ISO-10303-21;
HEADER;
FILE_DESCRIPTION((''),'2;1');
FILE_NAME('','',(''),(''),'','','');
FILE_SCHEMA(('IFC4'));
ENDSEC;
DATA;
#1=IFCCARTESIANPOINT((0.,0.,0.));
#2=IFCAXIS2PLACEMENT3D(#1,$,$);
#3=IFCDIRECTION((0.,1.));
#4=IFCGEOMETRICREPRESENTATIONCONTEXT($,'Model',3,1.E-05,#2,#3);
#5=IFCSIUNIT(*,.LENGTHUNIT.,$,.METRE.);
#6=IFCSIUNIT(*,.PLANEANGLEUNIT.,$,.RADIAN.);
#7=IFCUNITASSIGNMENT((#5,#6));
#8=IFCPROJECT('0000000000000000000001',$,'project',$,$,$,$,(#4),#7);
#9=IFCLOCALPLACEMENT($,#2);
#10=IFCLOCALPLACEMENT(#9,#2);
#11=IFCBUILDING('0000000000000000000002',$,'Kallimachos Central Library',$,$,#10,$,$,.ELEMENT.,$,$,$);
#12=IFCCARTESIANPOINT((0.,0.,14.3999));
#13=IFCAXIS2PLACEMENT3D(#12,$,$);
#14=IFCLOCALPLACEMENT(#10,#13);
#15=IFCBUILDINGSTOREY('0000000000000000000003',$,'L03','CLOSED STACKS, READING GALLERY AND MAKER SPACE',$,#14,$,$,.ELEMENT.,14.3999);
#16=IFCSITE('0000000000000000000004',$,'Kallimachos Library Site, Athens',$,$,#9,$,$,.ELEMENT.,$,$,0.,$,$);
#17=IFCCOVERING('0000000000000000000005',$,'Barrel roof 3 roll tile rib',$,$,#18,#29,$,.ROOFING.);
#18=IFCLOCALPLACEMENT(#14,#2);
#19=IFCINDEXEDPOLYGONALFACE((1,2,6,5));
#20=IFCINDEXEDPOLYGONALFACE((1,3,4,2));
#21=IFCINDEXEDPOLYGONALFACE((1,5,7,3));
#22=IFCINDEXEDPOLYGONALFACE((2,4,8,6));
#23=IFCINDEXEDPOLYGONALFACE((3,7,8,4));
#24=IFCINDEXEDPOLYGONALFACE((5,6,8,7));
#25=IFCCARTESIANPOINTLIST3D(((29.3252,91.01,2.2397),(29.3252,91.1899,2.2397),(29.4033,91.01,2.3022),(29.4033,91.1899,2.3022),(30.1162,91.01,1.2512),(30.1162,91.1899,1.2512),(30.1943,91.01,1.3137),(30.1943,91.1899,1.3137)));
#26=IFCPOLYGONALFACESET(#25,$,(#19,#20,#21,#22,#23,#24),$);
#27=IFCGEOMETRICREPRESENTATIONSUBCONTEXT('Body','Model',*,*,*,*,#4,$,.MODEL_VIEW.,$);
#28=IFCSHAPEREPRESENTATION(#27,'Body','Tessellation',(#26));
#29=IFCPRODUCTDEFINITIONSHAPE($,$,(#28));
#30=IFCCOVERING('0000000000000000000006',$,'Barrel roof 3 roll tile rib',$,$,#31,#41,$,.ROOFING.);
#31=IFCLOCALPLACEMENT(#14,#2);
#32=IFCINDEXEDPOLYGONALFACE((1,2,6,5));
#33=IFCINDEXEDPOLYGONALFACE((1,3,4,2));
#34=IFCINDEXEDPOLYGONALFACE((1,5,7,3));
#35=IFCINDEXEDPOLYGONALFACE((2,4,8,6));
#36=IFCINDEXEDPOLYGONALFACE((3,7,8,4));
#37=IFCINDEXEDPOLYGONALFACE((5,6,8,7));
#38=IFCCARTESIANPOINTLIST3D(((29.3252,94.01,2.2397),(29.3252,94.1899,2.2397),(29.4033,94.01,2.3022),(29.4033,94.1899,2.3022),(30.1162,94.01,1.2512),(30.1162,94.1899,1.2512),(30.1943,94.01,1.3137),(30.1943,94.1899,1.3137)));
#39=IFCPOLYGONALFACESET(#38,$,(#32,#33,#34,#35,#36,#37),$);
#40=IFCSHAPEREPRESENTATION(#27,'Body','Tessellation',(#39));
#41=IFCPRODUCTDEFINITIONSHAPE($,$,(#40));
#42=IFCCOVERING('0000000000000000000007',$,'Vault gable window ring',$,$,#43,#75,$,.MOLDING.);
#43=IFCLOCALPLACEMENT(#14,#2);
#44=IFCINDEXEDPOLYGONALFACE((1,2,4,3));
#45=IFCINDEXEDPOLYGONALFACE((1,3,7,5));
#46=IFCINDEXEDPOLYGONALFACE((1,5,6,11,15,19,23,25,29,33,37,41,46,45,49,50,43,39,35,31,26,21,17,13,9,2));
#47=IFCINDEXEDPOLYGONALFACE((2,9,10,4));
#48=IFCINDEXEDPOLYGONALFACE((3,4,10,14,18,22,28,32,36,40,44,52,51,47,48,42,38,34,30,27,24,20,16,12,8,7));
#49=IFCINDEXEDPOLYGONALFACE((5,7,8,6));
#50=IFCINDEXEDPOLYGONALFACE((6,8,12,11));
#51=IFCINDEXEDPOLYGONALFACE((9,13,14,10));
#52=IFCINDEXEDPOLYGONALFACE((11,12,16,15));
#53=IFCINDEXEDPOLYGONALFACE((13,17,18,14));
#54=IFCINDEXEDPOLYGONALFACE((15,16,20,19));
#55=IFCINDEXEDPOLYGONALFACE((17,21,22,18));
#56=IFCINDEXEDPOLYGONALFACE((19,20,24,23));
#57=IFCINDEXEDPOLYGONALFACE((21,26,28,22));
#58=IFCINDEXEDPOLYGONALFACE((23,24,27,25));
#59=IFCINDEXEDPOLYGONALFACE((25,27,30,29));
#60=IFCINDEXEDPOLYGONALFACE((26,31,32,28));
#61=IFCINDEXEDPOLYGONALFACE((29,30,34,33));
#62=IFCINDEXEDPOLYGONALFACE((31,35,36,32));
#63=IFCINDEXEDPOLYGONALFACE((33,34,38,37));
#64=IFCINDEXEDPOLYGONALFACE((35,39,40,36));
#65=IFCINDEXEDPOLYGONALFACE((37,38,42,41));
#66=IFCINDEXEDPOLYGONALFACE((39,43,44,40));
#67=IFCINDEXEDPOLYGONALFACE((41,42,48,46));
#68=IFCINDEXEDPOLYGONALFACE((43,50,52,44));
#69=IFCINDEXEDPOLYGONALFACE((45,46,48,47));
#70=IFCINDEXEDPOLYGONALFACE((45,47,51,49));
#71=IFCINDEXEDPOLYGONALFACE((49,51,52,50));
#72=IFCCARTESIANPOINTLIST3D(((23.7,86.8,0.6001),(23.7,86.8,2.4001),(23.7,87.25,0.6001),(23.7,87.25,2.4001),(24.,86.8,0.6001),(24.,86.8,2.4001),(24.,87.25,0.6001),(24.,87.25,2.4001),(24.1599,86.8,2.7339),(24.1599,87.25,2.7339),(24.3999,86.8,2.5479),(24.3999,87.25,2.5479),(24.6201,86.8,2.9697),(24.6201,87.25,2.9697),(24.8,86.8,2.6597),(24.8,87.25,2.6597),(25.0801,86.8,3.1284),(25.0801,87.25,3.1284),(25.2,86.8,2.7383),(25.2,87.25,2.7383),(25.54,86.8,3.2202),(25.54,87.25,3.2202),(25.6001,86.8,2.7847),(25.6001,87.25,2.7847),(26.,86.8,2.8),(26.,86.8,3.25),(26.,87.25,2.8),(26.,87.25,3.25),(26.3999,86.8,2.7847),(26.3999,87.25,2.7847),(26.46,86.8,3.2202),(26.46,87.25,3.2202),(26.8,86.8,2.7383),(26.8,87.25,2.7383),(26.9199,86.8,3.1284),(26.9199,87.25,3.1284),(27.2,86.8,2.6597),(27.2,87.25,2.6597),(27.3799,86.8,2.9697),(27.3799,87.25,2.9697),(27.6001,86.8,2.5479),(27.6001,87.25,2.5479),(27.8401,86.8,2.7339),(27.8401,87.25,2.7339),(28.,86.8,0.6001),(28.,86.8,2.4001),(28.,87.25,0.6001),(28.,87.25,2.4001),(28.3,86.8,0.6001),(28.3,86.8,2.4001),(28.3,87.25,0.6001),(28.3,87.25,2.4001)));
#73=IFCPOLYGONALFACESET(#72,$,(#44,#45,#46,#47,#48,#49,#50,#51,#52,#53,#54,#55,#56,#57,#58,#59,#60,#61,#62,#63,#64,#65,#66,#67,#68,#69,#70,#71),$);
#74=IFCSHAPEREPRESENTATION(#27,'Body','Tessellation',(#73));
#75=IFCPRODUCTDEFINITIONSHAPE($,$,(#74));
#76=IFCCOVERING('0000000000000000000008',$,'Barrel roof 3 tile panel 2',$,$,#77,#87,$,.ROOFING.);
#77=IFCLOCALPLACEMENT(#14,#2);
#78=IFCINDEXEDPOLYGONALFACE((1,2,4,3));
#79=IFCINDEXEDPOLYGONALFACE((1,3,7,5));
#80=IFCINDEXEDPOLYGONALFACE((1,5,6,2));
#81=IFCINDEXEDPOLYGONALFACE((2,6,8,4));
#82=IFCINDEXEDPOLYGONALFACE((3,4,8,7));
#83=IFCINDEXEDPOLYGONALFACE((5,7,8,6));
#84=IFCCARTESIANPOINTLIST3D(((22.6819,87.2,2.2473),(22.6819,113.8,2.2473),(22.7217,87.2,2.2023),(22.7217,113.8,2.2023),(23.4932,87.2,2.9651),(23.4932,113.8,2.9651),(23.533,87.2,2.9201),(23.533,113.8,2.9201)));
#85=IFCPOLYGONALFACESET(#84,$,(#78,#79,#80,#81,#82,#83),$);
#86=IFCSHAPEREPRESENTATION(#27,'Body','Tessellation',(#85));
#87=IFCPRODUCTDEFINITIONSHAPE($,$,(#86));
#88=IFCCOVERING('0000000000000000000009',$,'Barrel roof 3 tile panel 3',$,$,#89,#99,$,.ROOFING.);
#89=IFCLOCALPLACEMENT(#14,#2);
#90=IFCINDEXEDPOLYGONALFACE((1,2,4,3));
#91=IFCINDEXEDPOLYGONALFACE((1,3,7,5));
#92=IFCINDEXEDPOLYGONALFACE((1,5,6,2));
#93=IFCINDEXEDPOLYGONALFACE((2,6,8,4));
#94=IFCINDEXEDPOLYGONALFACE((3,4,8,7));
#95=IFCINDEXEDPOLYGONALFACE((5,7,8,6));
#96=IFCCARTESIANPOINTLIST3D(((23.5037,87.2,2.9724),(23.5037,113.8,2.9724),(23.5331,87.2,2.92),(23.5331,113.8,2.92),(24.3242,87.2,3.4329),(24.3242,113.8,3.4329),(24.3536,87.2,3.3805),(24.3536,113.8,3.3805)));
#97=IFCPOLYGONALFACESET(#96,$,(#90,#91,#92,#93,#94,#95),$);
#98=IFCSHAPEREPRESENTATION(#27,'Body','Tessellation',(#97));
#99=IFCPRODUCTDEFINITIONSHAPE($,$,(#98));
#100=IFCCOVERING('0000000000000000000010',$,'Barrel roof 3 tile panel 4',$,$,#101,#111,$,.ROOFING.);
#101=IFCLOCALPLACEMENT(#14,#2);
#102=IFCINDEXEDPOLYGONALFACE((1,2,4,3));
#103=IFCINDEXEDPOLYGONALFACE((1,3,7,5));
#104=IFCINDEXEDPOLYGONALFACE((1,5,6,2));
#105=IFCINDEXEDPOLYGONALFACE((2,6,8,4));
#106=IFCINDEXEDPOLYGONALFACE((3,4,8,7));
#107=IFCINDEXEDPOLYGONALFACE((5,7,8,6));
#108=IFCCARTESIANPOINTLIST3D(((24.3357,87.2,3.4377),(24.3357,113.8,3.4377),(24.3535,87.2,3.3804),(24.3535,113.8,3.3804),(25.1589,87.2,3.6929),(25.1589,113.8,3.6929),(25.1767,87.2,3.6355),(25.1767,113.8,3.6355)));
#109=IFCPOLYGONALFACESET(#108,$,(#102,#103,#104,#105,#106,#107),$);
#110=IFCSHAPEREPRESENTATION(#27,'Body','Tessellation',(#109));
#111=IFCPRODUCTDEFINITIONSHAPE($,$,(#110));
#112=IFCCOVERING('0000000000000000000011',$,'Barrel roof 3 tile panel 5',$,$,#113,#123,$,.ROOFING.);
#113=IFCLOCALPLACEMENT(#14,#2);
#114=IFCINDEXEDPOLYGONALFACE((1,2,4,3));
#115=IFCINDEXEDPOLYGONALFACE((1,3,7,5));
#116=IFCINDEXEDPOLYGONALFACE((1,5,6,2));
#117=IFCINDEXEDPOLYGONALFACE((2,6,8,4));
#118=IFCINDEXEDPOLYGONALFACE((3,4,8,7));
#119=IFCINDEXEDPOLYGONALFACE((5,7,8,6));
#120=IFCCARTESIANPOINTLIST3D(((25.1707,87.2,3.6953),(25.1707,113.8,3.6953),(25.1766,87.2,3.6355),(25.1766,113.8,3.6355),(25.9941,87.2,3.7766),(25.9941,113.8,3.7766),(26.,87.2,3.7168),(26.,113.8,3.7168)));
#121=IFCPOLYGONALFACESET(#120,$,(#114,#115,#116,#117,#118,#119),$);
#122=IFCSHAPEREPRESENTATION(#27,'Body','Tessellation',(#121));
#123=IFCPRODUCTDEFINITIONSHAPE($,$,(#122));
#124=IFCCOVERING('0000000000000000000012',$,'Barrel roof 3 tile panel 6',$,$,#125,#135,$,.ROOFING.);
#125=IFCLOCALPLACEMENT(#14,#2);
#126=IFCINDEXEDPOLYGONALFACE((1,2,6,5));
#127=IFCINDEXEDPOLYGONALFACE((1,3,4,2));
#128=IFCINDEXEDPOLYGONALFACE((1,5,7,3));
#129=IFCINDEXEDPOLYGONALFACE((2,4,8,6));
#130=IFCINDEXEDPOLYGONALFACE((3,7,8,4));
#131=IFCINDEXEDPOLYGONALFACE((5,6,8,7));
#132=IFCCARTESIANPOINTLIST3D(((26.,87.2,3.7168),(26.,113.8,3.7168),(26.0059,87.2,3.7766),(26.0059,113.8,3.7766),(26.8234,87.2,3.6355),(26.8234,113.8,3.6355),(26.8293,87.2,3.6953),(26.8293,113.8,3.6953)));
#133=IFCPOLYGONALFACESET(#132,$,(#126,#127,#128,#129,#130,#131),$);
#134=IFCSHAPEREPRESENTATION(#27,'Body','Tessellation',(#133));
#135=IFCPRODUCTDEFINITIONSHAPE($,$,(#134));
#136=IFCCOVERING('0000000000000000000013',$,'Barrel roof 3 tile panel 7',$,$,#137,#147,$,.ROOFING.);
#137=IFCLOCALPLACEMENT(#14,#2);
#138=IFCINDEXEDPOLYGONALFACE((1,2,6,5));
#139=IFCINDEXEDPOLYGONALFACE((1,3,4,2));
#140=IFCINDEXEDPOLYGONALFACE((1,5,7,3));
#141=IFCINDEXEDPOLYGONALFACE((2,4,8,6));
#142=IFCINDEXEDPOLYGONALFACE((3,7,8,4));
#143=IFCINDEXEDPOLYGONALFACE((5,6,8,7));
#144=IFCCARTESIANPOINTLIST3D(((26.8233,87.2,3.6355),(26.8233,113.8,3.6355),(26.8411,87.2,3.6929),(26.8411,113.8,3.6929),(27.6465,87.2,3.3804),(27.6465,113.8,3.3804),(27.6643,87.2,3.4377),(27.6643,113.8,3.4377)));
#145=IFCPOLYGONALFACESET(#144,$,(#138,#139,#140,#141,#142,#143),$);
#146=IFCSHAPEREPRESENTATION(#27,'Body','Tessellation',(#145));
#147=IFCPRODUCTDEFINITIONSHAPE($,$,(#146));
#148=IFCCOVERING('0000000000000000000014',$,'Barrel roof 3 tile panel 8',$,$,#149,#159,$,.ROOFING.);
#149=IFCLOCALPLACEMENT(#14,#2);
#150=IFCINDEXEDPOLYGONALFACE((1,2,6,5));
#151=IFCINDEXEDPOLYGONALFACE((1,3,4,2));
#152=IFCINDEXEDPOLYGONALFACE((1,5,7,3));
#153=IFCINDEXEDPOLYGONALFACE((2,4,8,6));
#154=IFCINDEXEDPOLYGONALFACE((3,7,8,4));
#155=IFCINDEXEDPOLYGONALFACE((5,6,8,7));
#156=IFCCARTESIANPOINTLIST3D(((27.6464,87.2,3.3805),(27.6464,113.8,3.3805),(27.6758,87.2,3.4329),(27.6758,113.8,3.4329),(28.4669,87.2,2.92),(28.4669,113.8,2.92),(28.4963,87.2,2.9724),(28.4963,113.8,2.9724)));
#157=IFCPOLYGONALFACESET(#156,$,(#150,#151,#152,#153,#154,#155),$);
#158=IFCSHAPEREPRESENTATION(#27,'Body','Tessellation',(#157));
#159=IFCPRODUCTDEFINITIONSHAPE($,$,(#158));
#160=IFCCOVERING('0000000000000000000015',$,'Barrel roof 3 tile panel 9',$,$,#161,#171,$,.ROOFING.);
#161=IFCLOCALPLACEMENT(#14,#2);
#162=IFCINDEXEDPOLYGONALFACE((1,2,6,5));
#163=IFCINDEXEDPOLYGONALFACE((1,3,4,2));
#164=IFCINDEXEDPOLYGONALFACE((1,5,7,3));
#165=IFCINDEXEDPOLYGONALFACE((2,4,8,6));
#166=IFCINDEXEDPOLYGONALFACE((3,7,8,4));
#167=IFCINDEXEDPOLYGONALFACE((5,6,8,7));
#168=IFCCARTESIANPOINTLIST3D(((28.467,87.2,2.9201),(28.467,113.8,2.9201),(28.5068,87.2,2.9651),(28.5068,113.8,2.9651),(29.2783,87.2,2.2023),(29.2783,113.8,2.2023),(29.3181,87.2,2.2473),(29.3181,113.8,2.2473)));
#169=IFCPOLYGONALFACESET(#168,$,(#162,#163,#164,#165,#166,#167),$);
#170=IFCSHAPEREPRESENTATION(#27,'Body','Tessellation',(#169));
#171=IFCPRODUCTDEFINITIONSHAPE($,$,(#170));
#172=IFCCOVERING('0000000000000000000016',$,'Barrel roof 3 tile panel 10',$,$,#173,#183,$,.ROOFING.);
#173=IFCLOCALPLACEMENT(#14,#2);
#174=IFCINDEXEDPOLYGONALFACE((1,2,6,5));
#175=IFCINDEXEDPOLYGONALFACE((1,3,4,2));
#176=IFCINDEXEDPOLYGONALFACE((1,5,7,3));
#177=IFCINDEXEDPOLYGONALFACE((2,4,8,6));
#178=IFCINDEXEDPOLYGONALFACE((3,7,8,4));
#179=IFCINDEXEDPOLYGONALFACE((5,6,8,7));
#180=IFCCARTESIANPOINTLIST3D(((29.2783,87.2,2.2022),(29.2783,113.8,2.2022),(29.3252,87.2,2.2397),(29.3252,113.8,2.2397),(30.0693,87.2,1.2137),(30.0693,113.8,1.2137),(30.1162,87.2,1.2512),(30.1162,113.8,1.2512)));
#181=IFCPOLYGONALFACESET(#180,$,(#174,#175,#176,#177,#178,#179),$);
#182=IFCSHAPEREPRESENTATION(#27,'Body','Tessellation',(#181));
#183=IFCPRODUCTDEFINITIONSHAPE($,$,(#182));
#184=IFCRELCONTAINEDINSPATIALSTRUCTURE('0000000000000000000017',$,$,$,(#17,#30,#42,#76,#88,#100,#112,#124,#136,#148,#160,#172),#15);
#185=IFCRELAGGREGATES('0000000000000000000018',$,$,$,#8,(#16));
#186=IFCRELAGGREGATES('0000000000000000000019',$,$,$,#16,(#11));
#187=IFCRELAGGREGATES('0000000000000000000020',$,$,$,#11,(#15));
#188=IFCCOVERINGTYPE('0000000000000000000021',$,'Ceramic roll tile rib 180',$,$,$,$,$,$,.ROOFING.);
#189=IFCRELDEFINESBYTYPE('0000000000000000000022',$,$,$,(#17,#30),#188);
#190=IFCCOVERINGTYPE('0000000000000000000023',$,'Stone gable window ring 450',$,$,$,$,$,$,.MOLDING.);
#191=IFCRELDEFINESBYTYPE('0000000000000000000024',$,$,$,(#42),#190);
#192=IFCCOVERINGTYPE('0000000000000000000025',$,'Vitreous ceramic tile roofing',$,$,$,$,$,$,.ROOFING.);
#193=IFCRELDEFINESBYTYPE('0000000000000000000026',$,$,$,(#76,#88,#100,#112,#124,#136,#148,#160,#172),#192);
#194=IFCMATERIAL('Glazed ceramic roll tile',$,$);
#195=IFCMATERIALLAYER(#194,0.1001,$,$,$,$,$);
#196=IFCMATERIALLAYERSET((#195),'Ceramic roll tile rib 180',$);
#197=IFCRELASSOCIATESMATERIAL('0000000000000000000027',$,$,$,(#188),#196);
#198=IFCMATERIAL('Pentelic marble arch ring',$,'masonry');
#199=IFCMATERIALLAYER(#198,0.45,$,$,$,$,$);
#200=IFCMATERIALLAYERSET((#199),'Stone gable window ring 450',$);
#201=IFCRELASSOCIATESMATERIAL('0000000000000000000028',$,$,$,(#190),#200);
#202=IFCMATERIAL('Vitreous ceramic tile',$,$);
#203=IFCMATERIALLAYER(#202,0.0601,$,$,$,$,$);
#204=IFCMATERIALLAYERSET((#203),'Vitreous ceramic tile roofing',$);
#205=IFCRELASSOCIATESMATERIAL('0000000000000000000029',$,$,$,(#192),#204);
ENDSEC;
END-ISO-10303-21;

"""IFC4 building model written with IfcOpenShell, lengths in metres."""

from ifc_helpers import new_model, si_unit, direction, frame, origin, place, context, subcontext, project, spatial, polyline, outline, extrude, material, layer, layer_set, type_object, element, save


model = new_model("IFC4")

# Units and contexts
model_context = context("Model", 3, precision=1e-05, world=origin(), true_north=direction((0.0, 1.0)))
body_context = subcontext(model_context, "Body", "Model", "MODEL_VIEW")
ifc_project = project(units=[si_unit("LENGTHUNIT", "METRE"), si_unit("PLANEANGLEUNIT", "RADIAN")], contexts=[model_context])

# Site, building, storey
site_placement = place(None, origin())
site = spatial("IfcSite", under=ifc_project, at=site_placement, Name="Kallimachos Library Site, Athens", CompositionType="ELEMENT", RefElevation=0.0)
building_placement = place(site_placement, origin())
building = spatial("IfcBuilding", under=site, at=building_placement, Name="Kallimachos Central Library", CompositionType="ELEMENT")
storey_placement = place(building_placement, frame((0.0, 0.0, 14.3999)))
storey = spatial("IfcBuildingStorey", under=building, at=storey_placement, Name="L03", Description="CLOSED STACKS, READING GALLERY AND MAKER SPACE", CompositionType="ELEMENT", Elevation=14.3999)

# Coverings
ifc_material_1 = material(Name="Glazed ceramic roll tile")
ifc_layer_1 = layer(ifc_material_1, 0.1001)
ifc_layer_set_1 = layer_set([ifc_layer_1], Name="Ceramic roll tile rib 180")
covering_type_1 = type_object("IfcCoveringType", Name="Ceramic roll tile rib 180", PredefinedType="ROOFING", material=ifc_layer_set_1)
for number, where, z_axis, x_axis, name in (
    (1, (29.4033, 91.01, 2.3022), (0.780794, 0.0, 0.624789), (0.624789, 0.0, -0.780794), "Barrel roof 3 roll tile rib"),
    (2, (29.4033, 94.01, 2.3022), (0.780794, 0.0, 0.624789), (0.624789, 0.0, -0.780794), "Barrel roof 3 roll tile rib"),
):
    element("IfcCovering", number, at=place(storey_placement, frame(where, z_axis=z_axis, x_axis=x_axis)), inside=storey, type_object=covering_type_1, Name=name, PredefinedType="ROOFING", context=body_context, shape_type="SweptSolid", body=[
        extrude(outline(polyline([(0.0, 0.0), (1.2661, 0.0), (1.2661, 0.1799), (0.0, 0.1799), (0.0, 0.0)])), origin(), (0.0, 0.0, -1.0), 0.1001),
    ])
ifc_material_2 = material(Name="Pentelic marble arch ring", Category="masonry")
ifc_layer_2 = layer(ifc_material_2, 0.45)
ifc_layer_set_2 = layer_set([ifc_layer_2], Name="Stone gable window ring 450")
covering_type_2 = type_object("IfcCoveringType", Name="Stone gable window ring 450", PredefinedType="MOLDING", material=ifc_layer_set_2)
covering_1_placement = place(storey_placement, frame((24.0, 86.8, 0.6001), z_axis=(0.0, -1.0, 0.0), x_axis=(0.0, 0.0, 1.0)))
element("IfcCovering", 3, at=covering_1_placement, inside=storey, type_object=covering_type_2, Name="Vault gable window ring", PredefinedType="MOLDING", context=body_context, shape_type="SweptSolid", body=[
    extrude(outline(polyline([(0.0, 0.0), (1.8, 0.0), (1.9478, -0.3999), (2.0596, -0.8), (2.1382, -1.2), (2.1846, -1.6001), (2.2, -2.0), (2.1846, -2.3999), (2.1382, -2.8), (2.0596, -3.2), (1.9478, -3.6001), (1.8, -4.0), (0.0, -4.0), (0.0, -4.3), (1.8, -4.3), (2.1338, -3.8401), (2.3696, -3.3799), (2.5283, -2.9199), (2.6201, -2.46), (2.6499, -2.0), (2.6201, -1.54), (2.5283, -1.0801), (2.3696, -0.6201), (2.1338, -0.1599), (1.8, 0.3), (0.0, 0.3), (0.0, 0.0)])), origin(), (0.0, 0.0, -1.0), 0.45),
])
ifc_material_3 = material(Name="Vitreous ceramic tile")
ifc_layer_3 = layer(ifc_material_3, 0.0601)
ifc_layer_set_3 = layer_set([ifc_layer_3], Name="Vitreous ceramic tile roofing")
covering_type_3 = type_object("IfcCoveringType", Name="Vitreous ceramic tile roofing", PredefinedType="ROOFING", material=ifc_layer_set_3)
covering_2_placement = place(storey_placement, frame((22.6819, 87.2, 2.2473), z_axis=(-0.662627, 0.0, 0.748949), x_axis=(0.748949, 0.0, 0.662627)))
element("IfcCovering", 4, at=covering_2_placement, inside=storey, type_object=covering_type_3, Name="Barrel roof 3 tile panel 2", PredefinedType="ROOFING", context=body_context, shape_type="SweptSolid", body=[
    extrude(outline(polyline([(0.0, 0.0), (1.0832, 0.0), (1.0832, 26.6001), (0.0, 26.6001), (0.0, 0.0)])), origin(), (0.0, 0.0, -1.0), 0.0601),
])
covering_3_placement = place(storey_placement, frame((23.5037, 87.2, 2.9724), z_axis=(-0.489362, 0.0, 0.872081), x_axis=(0.872081, 0.0, 0.489362)))
element("IfcCovering", 5, at=covering_3_placement, inside=storey, type_object=covering_type_3, Name="Barrel roof 3 tile panel 3", PredefinedType="ROOFING", context=body_context, shape_type="SweptSolid", body=[
    extrude(outline(polyline([(0.0, 0.0), (0.9409, 0.0), (0.9409, 26.6001), (0.0, 26.6001), (0.0, 0.0)])), origin(), (0.0, 0.0, -1.0), 0.0601),
])
covering_4_placement = place(storey_placement, frame((24.3357, 87.2, 3.4377), z_axis=(-0.296016, 0.0, 0.955183), x_axis=(0.955183, 0.0, 0.296016)))
element("IfcCovering", 6, at=covering_4_placement, inside=storey, type_object=covering_type_3, Name="Barrel roof 3 tile panel 4", PredefinedType="ROOFING", context=body_context, shape_type="SweptSolid", body=[
    extrude(outline(polyline([(0.0, 0.0), (0.8619, 0.0), (0.8619, 26.6001), (0.0, 26.6001), (0.0, 0.0)])), origin(), (0.0, 0.0, -1.0), 0.0601),
])
for number, where, z_axis, x_axis, name in (
    (7, (25.1707, 87.2, 3.6953), (-0.098248, 0.0, 0.995162), (0.995162, 0.0, 0.098248), "Barrel roof 3 tile panel 5"),
    (8, (26.0059, 87.2, 3.7766), (0.098248, 0.0, 0.995162), (0.995162, 0.0, -0.098248), "Barrel roof 3 tile panel 6"),
):
    element("IfcCovering", number, at=place(storey_placement, frame(where, z_axis=z_axis, x_axis=x_axis)), inside=storey, type_object=covering_type_3, Name=name, PredefinedType="ROOFING", context=body_context, shape_type="SweptSolid", body=[
        extrude(outline(polyline([(0.0, 0.0), (0.8275, 0.0), (0.8275, 26.6001), (0.0, 26.6001), (0.0, 0.0)])), origin(), (0.0, 0.0, -1.0), 0.0601),
    ])
covering_5_placement = place(storey_placement, frame((26.8411, 87.2, 3.6929), z_axis=(0.296016, 0.0, 0.955183), x_axis=(0.955183, 0.0, -0.296016)))
element("IfcCovering", 9, at=covering_5_placement, inside=storey, type_object=covering_type_3, Name="Barrel roof 3 tile panel 7", PredefinedType="ROOFING", context=body_context, shape_type="SweptSolid", body=[
    extrude(outline(polyline([(0.0, 0.0), (0.8619, 0.0), (0.8619, 26.6001), (0.0, 26.6001), (0.0, 0.0)])), origin(), (0.0, 0.0, -1.0), 0.0601),
])
covering_6_placement = place(storey_placement, frame((27.6758, 87.2, 3.4329), z_axis=(0.489362, 0.0, 0.872081), x_axis=(0.872081, 0.0, -0.489362)))
element("IfcCovering", 10, at=covering_6_placement, inside=storey, type_object=covering_type_3, Name="Barrel roof 3 tile panel 8", PredefinedType="ROOFING", context=body_context, shape_type="SweptSolid", body=[
    extrude(outline(polyline([(0.0, 0.0), (0.9409, 0.0), (0.9409, 26.6001), (0.0, 26.6001), (0.0, 0.0)])), origin(), (0.0, 0.0, -1.0), 0.0601),
])
covering_7_placement = place(storey_placement, frame((28.5068, 87.2, 2.9651), z_axis=(0.662627, 0.0, 0.748949), x_axis=(0.748949, 0.0, -0.662627)))
element("IfcCovering", 11, at=covering_7_placement, inside=storey, type_object=covering_type_3, Name="Barrel roof 3 tile panel 9", PredefinedType="ROOFING", context=body_context, shape_type="SweptSolid", body=[
    extrude(outline(polyline([(0.0, 0.0), (1.0832, 0.0), (1.0832, 26.6001), (0.0, 26.6001), (0.0, 0.0)])), origin(), (0.0, 0.0, -1.0), 0.0601),
])
covering_8_placement = place(storey_placement, frame((29.3252, 87.2, 2.2397), z_axis=(0.780794, 0.0, 0.624789), x_axis=(0.624789, 0.0, -0.780794)))
element("IfcCovering", 12, at=covering_8_placement, inside=storey, type_object=covering_type_3, Name="Barrel roof 3 tile panel 10", PredefinedType="ROOFING", context=body_context, shape_type="SweptSolid", body=[
    extrude(outline(polyline([(0.0, 0.0), (1.2661, 0.0), (1.2661, 26.6001), (0.0, 26.6001), (0.0, 0.0)])), origin(), (0.0, 0.0, -1.0), 0.0601),
])

save(model, "model.ifc")
